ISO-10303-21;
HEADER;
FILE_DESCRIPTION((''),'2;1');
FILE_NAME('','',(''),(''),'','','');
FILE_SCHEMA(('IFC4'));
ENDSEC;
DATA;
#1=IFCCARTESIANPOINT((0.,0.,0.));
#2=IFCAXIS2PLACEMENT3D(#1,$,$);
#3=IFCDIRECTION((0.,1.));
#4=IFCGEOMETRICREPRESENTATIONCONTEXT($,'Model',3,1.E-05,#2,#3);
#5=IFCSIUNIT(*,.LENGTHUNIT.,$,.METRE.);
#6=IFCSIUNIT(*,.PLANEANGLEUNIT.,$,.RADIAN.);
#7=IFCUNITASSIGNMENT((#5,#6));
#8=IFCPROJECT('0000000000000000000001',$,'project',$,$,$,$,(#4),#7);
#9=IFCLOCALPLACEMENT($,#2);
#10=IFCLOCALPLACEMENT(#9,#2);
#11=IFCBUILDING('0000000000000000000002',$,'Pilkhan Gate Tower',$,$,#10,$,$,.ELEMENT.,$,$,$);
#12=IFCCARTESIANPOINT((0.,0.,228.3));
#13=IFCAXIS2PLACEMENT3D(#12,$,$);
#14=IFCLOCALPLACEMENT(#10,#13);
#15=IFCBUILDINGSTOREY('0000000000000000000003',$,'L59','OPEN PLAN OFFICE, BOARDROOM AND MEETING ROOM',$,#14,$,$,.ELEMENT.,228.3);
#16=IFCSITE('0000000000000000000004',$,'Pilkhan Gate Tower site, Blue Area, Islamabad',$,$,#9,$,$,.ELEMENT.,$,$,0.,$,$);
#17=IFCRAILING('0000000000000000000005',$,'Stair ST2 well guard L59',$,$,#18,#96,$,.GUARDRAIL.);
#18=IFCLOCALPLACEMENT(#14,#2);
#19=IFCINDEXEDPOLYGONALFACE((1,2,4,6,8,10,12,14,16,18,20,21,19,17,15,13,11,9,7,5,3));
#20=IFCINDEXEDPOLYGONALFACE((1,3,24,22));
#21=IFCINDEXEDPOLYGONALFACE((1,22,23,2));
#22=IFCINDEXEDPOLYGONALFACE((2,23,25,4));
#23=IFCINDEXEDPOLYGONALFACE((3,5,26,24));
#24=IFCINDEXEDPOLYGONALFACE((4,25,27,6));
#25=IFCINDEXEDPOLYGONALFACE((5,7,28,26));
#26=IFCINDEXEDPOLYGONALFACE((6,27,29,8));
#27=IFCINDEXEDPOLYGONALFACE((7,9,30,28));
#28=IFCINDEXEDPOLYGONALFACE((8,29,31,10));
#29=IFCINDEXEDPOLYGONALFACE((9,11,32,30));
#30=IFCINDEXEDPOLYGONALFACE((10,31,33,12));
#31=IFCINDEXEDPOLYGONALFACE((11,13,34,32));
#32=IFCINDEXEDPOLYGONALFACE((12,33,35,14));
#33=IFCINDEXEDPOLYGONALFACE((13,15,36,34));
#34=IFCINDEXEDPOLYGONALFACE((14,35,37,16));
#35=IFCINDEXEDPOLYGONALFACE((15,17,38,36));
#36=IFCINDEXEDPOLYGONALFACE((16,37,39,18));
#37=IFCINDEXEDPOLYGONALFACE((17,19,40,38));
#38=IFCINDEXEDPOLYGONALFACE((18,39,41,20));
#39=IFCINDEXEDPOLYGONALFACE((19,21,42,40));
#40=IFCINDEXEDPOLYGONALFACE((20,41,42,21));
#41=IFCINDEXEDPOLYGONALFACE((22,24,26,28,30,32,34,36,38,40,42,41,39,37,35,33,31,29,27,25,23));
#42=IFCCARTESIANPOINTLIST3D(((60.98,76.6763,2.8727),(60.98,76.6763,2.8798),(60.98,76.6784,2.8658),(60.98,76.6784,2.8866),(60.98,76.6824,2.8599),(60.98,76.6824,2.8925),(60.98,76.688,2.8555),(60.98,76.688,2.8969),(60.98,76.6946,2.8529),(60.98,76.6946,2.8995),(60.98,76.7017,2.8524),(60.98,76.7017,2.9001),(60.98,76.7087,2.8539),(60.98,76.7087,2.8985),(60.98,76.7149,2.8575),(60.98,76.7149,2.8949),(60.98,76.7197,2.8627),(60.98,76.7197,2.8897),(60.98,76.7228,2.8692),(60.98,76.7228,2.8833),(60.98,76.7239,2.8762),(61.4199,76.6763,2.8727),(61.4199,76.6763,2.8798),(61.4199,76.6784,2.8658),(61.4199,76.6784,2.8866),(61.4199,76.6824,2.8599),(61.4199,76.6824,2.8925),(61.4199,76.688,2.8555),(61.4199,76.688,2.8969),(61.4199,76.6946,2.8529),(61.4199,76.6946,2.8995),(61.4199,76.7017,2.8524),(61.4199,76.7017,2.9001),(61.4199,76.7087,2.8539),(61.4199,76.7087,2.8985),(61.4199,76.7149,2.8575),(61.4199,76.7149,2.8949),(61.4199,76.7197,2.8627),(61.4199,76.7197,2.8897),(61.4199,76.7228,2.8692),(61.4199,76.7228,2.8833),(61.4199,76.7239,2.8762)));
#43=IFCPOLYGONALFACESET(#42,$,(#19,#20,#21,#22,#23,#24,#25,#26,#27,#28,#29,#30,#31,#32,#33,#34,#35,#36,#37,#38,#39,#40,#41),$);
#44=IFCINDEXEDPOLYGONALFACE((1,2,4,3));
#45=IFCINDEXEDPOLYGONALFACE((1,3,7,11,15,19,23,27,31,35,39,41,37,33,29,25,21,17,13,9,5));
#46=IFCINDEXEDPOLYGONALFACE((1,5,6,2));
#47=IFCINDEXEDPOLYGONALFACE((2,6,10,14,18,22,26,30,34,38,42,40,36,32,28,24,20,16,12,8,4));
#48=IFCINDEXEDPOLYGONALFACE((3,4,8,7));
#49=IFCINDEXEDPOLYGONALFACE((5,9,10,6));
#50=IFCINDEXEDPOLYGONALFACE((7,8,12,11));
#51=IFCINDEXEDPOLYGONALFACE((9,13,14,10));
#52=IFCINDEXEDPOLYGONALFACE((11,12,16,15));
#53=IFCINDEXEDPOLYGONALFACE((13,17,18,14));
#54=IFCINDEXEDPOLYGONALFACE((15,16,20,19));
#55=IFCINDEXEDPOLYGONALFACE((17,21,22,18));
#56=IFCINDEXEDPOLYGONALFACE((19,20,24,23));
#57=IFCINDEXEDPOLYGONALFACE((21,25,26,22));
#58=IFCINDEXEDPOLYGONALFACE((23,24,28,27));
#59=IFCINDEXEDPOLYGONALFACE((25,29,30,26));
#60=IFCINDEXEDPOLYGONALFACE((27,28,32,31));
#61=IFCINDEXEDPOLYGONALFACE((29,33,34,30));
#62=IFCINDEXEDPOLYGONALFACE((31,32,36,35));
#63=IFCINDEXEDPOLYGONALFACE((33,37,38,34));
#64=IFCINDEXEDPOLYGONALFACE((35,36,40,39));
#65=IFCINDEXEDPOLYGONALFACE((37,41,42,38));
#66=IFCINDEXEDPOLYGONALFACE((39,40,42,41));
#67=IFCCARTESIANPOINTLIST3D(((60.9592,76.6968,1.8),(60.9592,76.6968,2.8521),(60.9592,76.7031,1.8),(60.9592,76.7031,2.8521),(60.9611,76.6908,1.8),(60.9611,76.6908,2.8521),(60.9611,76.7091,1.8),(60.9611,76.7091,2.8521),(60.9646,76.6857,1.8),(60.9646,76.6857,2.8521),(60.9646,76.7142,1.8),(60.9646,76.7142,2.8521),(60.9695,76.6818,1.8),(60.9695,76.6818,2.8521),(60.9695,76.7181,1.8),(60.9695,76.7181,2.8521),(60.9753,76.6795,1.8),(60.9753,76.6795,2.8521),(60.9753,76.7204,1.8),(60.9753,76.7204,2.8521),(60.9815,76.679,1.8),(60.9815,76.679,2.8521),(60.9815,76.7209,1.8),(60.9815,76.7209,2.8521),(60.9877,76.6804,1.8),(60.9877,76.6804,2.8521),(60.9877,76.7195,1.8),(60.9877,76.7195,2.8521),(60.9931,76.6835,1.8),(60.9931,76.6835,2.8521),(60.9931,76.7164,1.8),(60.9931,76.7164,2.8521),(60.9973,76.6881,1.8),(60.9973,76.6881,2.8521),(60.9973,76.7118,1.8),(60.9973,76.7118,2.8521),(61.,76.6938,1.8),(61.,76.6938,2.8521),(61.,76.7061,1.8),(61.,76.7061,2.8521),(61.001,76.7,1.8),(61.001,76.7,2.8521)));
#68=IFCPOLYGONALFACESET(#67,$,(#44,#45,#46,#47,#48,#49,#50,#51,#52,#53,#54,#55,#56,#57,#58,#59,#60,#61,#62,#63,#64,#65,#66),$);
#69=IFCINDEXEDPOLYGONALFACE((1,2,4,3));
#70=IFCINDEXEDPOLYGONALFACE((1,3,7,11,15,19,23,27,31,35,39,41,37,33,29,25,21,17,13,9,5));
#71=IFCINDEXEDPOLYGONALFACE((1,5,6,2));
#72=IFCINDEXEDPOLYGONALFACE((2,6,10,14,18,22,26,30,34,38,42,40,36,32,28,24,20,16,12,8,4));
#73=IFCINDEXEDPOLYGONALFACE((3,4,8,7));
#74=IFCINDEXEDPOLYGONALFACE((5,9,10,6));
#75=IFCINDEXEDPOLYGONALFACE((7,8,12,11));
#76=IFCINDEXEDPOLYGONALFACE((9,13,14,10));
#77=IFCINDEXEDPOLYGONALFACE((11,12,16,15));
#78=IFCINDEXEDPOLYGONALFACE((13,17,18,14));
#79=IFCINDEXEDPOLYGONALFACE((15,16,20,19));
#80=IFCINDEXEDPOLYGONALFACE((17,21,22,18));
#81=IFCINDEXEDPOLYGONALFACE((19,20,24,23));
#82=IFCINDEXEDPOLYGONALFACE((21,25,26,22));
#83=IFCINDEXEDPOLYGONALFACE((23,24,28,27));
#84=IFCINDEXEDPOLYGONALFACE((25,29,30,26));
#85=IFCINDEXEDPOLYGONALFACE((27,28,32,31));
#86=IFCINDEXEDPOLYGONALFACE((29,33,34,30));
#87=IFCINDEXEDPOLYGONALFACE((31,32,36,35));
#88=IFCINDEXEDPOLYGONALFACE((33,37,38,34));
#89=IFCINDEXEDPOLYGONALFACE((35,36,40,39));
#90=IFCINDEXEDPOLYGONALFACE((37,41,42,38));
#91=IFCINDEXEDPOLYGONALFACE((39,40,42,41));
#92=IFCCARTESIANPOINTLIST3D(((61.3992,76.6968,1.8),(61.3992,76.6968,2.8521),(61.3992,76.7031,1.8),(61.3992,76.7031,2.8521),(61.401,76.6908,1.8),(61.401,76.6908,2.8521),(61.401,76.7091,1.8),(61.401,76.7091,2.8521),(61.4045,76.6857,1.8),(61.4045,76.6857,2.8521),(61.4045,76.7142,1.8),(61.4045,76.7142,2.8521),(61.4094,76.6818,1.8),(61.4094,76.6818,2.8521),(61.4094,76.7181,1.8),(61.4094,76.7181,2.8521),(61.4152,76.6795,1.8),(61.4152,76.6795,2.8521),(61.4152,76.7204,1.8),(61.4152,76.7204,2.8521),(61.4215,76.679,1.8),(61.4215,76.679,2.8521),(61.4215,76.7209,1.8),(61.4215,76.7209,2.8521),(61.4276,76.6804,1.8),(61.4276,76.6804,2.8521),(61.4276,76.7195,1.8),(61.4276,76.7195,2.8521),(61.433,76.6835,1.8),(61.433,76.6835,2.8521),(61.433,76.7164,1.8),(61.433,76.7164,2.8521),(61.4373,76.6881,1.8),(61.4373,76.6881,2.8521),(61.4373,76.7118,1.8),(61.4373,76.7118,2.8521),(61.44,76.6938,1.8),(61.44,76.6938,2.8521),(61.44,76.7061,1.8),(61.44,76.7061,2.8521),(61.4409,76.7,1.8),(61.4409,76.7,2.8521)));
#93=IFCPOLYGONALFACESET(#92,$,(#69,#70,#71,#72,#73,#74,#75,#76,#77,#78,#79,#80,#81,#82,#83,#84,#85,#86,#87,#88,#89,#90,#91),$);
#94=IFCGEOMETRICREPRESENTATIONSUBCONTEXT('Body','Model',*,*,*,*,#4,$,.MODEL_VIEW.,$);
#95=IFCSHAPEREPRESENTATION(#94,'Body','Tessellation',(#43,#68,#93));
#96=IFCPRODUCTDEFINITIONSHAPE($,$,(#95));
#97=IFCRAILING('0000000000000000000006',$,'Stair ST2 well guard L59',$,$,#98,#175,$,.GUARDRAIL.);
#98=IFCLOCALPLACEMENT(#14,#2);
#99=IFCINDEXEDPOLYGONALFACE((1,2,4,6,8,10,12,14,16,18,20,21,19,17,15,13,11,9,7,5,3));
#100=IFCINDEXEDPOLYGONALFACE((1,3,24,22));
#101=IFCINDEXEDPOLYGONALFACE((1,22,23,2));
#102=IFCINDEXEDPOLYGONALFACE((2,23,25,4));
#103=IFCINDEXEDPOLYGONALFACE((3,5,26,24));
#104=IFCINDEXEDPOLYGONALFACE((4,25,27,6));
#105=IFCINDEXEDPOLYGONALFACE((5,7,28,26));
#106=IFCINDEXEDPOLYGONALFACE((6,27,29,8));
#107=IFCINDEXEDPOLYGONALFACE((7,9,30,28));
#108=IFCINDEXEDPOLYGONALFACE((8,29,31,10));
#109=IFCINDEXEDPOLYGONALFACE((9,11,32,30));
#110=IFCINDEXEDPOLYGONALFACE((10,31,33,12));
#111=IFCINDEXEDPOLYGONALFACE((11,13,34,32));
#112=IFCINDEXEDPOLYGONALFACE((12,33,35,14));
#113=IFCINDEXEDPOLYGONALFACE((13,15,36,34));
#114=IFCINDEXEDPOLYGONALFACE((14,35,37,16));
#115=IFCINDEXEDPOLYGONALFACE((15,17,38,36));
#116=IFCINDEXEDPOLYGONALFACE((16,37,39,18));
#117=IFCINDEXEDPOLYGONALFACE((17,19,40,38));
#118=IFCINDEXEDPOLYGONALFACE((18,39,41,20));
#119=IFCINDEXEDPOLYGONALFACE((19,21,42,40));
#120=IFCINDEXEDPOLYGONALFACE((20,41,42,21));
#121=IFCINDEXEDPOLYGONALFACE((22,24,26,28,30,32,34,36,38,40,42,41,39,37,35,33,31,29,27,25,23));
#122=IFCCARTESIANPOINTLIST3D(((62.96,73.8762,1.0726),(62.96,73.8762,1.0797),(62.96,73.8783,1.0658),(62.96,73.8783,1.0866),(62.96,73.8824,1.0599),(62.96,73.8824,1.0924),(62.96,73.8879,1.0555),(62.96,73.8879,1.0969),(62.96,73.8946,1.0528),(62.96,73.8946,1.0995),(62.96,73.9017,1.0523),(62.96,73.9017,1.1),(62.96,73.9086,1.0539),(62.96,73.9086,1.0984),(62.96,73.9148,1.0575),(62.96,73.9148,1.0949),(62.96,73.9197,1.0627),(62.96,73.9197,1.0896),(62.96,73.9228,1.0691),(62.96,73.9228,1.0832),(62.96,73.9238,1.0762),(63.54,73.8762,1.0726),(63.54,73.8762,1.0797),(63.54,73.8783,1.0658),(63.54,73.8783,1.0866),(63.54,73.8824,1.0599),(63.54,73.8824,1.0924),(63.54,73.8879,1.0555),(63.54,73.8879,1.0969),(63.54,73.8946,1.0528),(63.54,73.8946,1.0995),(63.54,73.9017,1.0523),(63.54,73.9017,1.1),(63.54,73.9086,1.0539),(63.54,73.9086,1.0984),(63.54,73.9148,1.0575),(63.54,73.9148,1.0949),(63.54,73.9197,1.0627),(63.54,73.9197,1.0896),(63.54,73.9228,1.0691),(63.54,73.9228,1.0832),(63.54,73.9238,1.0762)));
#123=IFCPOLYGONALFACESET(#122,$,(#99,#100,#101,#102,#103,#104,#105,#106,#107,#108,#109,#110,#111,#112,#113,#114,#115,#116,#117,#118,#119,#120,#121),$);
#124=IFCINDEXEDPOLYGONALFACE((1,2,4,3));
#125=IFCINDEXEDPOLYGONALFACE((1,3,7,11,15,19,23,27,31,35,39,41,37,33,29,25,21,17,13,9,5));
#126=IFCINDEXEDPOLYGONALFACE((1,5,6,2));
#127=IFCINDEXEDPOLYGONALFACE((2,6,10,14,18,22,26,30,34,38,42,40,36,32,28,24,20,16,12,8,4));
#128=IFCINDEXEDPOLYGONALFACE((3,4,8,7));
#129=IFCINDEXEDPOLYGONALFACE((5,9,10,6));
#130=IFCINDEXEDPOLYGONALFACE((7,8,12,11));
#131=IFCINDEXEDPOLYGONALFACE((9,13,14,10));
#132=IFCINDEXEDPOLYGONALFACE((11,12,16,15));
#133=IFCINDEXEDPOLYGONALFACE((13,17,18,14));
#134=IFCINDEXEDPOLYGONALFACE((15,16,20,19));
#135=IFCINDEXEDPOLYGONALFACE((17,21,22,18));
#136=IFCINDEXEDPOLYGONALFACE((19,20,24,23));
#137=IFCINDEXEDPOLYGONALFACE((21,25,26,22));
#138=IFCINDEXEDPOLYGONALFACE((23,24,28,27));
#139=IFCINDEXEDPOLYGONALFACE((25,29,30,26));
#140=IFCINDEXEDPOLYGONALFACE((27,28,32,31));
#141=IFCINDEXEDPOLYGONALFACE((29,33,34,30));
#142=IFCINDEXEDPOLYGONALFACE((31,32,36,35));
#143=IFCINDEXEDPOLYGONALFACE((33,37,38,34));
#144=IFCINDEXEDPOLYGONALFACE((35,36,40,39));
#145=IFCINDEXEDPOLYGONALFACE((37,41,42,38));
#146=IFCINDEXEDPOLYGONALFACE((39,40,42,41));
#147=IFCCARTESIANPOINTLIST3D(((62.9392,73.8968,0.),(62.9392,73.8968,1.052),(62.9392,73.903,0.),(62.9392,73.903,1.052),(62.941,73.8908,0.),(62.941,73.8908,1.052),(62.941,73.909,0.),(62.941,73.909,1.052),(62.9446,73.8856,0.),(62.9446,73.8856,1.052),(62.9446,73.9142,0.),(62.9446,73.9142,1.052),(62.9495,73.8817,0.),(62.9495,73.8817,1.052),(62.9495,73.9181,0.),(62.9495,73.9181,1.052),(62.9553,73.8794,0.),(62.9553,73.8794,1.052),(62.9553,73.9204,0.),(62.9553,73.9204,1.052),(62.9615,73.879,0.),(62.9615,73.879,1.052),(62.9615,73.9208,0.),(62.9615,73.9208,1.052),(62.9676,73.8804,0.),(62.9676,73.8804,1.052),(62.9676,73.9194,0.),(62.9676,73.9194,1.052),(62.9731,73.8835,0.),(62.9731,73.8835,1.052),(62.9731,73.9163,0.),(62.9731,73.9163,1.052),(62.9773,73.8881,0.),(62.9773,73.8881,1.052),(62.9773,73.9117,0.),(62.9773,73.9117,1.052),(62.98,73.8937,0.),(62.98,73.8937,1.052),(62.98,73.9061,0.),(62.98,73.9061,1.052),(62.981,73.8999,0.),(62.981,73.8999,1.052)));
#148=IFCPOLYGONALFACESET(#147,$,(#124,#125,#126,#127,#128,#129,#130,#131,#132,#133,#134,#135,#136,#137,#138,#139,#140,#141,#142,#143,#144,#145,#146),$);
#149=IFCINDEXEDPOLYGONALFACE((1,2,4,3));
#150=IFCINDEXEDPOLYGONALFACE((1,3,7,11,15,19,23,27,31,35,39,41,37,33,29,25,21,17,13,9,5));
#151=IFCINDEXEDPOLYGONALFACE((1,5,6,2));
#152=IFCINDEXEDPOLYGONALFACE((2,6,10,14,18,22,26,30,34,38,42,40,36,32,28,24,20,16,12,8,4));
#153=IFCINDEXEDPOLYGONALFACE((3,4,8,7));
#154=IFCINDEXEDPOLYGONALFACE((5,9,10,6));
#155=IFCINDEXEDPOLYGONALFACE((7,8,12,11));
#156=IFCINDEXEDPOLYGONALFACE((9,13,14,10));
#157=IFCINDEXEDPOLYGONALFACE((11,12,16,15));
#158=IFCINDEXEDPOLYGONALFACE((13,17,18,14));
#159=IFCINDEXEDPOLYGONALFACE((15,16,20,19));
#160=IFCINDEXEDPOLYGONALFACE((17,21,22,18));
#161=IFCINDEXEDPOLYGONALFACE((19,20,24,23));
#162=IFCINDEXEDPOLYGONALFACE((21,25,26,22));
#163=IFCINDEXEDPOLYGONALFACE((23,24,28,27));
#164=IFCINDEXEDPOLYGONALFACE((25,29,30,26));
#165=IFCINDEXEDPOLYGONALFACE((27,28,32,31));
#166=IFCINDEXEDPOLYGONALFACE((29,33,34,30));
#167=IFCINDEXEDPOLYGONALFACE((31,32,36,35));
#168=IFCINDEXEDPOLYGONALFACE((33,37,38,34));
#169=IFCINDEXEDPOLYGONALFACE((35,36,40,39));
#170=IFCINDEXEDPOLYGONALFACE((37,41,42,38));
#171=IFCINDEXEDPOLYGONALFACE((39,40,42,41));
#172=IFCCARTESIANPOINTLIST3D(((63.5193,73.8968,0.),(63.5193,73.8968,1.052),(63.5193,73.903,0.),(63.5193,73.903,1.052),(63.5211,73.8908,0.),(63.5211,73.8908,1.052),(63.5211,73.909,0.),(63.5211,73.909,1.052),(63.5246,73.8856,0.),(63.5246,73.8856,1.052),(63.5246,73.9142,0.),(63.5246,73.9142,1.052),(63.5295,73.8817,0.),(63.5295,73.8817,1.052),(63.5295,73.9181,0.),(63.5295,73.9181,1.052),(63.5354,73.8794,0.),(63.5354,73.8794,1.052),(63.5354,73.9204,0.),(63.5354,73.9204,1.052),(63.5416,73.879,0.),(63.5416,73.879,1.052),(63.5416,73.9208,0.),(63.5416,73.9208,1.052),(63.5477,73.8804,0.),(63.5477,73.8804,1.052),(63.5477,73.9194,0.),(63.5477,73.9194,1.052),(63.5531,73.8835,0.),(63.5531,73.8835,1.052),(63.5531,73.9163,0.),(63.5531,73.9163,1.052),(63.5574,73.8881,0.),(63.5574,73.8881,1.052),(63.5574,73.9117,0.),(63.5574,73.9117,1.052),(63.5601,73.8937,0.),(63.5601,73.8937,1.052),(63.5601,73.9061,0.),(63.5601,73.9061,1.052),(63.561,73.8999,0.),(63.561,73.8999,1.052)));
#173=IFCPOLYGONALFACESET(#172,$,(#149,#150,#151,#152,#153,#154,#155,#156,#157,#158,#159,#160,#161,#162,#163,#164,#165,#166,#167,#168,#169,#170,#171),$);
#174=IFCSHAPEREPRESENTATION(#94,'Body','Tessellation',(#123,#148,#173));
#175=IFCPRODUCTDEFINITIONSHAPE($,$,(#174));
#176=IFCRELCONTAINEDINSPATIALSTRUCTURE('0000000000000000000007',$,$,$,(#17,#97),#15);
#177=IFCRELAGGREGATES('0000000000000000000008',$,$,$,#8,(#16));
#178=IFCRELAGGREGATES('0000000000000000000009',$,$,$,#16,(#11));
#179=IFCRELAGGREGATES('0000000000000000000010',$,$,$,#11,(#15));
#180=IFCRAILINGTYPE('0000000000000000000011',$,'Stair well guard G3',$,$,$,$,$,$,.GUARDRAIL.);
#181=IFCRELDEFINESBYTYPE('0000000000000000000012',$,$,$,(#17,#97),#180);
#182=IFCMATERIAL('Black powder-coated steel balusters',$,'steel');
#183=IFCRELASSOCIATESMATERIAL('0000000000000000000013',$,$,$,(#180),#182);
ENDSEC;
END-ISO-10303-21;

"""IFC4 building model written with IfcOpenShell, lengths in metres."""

from ifc_helpers import new_model, si_unit, direction, frame, origin, origin_2d, place, context, subcontext, project, spatial, circle, extrude, material, type_object, element, save


model = new_model("IFC4")

# Units and contexts
model_context = context("Model", 3, precision=1e-05, world=origin(), true_north=direction((0.0, 1.0)))
body_context = subcontext(model_context, "Body", "Model", "MODEL_VIEW")
ifc_project = project(units=[si_unit("LENGTHUNIT", "METRE"), si_unit("PLANEANGLEUNIT", "RADIAN")], contexts=[model_context])

# Site, building, storey
site_placement = place(None, origin())
site = spatial("IfcSite", under=ifc_project, at=site_placement, Name="Pilkhan Gate Tower site, Blue Area, Islamabad", CompositionType="ELEMENT", RefElevation=0.0)
building_placement = place(site_placement, origin())
building = spatial("IfcBuilding", under=site, at=building_placement, Name="Pilkhan Gate Tower", CompositionType="ELEMENT")
storey_placement = place(building_placement, frame((0.0, 0.0, 228.3)))
storey = spatial("IfcBuildingStorey", under=building, at=storey_placement, Name="L59", Description="OPEN PLAN OFFICE, BOARDROOM AND MEETING ROOM", CompositionType="ELEMENT", Elevation=228.3)

# Railings
ifc_material_1 = material(Name="Black powder-coated steel balusters", Category="steel")
railing_type_1 = type_object("IfcRailingType", Name="Stair well guard G3", PredefinedType="GUARDRAIL", material=ifc_material_1)
railing_1_placement = place(storey_placement, frame((60.98, 76.7, 1.8)))
element("IfcRailing", 1, at=railing_1_placement, inside=storey, type_object=railing_type_1, Name="Stair ST2 well guard L59", PredefinedType="GUARDRAIL", context=body_context, shape_type="SweptSolid", body=[
    extrude(circle(Radius=0.0239, at=origin_2d()), frame((0.0, 0.0, 1.0762), z_axis=(1.0, 0.0, 0.0), x_axis=(0.0, 1.0, 0.0)), (0.0, 0.0, 1.0), 0.4399),
    extrude(circle(Radius=0.021, at=origin_2d()), origin(), (0.0, 0.0, 1.0), 1.052),
    extrude(circle(Radius=0.021, at=origin_2d()), frame((0.4399, 0.0, 0.0)), (0.0, 0.0, 1.0), 1.052),
])
for number, where, name in (
    (2, (62.96, 73.8999, 0.0), "Stair ST2 well guard L59"),
):
    element("IfcRailing", number, at=place(storey_placement, frame(where)), inside=storey, type_object=railing_type_1, Name=name, PredefinedType="GUARDRAIL", context=body_context, shape_type="SweptSolid", body=[
        extrude(circle(Radius=0.0239, at=origin_2d()), frame((0.0, 0.0, 1.0762), z_axis=(1.0, 0.0, 0.0), x_axis=(0.0, 1.0, 0.0)), (0.0, 0.0, 1.0), 0.5801),
        extrude(circle(Radius=0.021, at=origin_2d()), origin(), (0.0, 0.0, 1.0), 1.052),
        extrude(circle(Radius=0.021, at=origin_2d()), frame((0.5801, 0.0, 0.0)), (0.0, 0.0, 1.0), 1.052),
    ])

save(model, "model.ifc")
